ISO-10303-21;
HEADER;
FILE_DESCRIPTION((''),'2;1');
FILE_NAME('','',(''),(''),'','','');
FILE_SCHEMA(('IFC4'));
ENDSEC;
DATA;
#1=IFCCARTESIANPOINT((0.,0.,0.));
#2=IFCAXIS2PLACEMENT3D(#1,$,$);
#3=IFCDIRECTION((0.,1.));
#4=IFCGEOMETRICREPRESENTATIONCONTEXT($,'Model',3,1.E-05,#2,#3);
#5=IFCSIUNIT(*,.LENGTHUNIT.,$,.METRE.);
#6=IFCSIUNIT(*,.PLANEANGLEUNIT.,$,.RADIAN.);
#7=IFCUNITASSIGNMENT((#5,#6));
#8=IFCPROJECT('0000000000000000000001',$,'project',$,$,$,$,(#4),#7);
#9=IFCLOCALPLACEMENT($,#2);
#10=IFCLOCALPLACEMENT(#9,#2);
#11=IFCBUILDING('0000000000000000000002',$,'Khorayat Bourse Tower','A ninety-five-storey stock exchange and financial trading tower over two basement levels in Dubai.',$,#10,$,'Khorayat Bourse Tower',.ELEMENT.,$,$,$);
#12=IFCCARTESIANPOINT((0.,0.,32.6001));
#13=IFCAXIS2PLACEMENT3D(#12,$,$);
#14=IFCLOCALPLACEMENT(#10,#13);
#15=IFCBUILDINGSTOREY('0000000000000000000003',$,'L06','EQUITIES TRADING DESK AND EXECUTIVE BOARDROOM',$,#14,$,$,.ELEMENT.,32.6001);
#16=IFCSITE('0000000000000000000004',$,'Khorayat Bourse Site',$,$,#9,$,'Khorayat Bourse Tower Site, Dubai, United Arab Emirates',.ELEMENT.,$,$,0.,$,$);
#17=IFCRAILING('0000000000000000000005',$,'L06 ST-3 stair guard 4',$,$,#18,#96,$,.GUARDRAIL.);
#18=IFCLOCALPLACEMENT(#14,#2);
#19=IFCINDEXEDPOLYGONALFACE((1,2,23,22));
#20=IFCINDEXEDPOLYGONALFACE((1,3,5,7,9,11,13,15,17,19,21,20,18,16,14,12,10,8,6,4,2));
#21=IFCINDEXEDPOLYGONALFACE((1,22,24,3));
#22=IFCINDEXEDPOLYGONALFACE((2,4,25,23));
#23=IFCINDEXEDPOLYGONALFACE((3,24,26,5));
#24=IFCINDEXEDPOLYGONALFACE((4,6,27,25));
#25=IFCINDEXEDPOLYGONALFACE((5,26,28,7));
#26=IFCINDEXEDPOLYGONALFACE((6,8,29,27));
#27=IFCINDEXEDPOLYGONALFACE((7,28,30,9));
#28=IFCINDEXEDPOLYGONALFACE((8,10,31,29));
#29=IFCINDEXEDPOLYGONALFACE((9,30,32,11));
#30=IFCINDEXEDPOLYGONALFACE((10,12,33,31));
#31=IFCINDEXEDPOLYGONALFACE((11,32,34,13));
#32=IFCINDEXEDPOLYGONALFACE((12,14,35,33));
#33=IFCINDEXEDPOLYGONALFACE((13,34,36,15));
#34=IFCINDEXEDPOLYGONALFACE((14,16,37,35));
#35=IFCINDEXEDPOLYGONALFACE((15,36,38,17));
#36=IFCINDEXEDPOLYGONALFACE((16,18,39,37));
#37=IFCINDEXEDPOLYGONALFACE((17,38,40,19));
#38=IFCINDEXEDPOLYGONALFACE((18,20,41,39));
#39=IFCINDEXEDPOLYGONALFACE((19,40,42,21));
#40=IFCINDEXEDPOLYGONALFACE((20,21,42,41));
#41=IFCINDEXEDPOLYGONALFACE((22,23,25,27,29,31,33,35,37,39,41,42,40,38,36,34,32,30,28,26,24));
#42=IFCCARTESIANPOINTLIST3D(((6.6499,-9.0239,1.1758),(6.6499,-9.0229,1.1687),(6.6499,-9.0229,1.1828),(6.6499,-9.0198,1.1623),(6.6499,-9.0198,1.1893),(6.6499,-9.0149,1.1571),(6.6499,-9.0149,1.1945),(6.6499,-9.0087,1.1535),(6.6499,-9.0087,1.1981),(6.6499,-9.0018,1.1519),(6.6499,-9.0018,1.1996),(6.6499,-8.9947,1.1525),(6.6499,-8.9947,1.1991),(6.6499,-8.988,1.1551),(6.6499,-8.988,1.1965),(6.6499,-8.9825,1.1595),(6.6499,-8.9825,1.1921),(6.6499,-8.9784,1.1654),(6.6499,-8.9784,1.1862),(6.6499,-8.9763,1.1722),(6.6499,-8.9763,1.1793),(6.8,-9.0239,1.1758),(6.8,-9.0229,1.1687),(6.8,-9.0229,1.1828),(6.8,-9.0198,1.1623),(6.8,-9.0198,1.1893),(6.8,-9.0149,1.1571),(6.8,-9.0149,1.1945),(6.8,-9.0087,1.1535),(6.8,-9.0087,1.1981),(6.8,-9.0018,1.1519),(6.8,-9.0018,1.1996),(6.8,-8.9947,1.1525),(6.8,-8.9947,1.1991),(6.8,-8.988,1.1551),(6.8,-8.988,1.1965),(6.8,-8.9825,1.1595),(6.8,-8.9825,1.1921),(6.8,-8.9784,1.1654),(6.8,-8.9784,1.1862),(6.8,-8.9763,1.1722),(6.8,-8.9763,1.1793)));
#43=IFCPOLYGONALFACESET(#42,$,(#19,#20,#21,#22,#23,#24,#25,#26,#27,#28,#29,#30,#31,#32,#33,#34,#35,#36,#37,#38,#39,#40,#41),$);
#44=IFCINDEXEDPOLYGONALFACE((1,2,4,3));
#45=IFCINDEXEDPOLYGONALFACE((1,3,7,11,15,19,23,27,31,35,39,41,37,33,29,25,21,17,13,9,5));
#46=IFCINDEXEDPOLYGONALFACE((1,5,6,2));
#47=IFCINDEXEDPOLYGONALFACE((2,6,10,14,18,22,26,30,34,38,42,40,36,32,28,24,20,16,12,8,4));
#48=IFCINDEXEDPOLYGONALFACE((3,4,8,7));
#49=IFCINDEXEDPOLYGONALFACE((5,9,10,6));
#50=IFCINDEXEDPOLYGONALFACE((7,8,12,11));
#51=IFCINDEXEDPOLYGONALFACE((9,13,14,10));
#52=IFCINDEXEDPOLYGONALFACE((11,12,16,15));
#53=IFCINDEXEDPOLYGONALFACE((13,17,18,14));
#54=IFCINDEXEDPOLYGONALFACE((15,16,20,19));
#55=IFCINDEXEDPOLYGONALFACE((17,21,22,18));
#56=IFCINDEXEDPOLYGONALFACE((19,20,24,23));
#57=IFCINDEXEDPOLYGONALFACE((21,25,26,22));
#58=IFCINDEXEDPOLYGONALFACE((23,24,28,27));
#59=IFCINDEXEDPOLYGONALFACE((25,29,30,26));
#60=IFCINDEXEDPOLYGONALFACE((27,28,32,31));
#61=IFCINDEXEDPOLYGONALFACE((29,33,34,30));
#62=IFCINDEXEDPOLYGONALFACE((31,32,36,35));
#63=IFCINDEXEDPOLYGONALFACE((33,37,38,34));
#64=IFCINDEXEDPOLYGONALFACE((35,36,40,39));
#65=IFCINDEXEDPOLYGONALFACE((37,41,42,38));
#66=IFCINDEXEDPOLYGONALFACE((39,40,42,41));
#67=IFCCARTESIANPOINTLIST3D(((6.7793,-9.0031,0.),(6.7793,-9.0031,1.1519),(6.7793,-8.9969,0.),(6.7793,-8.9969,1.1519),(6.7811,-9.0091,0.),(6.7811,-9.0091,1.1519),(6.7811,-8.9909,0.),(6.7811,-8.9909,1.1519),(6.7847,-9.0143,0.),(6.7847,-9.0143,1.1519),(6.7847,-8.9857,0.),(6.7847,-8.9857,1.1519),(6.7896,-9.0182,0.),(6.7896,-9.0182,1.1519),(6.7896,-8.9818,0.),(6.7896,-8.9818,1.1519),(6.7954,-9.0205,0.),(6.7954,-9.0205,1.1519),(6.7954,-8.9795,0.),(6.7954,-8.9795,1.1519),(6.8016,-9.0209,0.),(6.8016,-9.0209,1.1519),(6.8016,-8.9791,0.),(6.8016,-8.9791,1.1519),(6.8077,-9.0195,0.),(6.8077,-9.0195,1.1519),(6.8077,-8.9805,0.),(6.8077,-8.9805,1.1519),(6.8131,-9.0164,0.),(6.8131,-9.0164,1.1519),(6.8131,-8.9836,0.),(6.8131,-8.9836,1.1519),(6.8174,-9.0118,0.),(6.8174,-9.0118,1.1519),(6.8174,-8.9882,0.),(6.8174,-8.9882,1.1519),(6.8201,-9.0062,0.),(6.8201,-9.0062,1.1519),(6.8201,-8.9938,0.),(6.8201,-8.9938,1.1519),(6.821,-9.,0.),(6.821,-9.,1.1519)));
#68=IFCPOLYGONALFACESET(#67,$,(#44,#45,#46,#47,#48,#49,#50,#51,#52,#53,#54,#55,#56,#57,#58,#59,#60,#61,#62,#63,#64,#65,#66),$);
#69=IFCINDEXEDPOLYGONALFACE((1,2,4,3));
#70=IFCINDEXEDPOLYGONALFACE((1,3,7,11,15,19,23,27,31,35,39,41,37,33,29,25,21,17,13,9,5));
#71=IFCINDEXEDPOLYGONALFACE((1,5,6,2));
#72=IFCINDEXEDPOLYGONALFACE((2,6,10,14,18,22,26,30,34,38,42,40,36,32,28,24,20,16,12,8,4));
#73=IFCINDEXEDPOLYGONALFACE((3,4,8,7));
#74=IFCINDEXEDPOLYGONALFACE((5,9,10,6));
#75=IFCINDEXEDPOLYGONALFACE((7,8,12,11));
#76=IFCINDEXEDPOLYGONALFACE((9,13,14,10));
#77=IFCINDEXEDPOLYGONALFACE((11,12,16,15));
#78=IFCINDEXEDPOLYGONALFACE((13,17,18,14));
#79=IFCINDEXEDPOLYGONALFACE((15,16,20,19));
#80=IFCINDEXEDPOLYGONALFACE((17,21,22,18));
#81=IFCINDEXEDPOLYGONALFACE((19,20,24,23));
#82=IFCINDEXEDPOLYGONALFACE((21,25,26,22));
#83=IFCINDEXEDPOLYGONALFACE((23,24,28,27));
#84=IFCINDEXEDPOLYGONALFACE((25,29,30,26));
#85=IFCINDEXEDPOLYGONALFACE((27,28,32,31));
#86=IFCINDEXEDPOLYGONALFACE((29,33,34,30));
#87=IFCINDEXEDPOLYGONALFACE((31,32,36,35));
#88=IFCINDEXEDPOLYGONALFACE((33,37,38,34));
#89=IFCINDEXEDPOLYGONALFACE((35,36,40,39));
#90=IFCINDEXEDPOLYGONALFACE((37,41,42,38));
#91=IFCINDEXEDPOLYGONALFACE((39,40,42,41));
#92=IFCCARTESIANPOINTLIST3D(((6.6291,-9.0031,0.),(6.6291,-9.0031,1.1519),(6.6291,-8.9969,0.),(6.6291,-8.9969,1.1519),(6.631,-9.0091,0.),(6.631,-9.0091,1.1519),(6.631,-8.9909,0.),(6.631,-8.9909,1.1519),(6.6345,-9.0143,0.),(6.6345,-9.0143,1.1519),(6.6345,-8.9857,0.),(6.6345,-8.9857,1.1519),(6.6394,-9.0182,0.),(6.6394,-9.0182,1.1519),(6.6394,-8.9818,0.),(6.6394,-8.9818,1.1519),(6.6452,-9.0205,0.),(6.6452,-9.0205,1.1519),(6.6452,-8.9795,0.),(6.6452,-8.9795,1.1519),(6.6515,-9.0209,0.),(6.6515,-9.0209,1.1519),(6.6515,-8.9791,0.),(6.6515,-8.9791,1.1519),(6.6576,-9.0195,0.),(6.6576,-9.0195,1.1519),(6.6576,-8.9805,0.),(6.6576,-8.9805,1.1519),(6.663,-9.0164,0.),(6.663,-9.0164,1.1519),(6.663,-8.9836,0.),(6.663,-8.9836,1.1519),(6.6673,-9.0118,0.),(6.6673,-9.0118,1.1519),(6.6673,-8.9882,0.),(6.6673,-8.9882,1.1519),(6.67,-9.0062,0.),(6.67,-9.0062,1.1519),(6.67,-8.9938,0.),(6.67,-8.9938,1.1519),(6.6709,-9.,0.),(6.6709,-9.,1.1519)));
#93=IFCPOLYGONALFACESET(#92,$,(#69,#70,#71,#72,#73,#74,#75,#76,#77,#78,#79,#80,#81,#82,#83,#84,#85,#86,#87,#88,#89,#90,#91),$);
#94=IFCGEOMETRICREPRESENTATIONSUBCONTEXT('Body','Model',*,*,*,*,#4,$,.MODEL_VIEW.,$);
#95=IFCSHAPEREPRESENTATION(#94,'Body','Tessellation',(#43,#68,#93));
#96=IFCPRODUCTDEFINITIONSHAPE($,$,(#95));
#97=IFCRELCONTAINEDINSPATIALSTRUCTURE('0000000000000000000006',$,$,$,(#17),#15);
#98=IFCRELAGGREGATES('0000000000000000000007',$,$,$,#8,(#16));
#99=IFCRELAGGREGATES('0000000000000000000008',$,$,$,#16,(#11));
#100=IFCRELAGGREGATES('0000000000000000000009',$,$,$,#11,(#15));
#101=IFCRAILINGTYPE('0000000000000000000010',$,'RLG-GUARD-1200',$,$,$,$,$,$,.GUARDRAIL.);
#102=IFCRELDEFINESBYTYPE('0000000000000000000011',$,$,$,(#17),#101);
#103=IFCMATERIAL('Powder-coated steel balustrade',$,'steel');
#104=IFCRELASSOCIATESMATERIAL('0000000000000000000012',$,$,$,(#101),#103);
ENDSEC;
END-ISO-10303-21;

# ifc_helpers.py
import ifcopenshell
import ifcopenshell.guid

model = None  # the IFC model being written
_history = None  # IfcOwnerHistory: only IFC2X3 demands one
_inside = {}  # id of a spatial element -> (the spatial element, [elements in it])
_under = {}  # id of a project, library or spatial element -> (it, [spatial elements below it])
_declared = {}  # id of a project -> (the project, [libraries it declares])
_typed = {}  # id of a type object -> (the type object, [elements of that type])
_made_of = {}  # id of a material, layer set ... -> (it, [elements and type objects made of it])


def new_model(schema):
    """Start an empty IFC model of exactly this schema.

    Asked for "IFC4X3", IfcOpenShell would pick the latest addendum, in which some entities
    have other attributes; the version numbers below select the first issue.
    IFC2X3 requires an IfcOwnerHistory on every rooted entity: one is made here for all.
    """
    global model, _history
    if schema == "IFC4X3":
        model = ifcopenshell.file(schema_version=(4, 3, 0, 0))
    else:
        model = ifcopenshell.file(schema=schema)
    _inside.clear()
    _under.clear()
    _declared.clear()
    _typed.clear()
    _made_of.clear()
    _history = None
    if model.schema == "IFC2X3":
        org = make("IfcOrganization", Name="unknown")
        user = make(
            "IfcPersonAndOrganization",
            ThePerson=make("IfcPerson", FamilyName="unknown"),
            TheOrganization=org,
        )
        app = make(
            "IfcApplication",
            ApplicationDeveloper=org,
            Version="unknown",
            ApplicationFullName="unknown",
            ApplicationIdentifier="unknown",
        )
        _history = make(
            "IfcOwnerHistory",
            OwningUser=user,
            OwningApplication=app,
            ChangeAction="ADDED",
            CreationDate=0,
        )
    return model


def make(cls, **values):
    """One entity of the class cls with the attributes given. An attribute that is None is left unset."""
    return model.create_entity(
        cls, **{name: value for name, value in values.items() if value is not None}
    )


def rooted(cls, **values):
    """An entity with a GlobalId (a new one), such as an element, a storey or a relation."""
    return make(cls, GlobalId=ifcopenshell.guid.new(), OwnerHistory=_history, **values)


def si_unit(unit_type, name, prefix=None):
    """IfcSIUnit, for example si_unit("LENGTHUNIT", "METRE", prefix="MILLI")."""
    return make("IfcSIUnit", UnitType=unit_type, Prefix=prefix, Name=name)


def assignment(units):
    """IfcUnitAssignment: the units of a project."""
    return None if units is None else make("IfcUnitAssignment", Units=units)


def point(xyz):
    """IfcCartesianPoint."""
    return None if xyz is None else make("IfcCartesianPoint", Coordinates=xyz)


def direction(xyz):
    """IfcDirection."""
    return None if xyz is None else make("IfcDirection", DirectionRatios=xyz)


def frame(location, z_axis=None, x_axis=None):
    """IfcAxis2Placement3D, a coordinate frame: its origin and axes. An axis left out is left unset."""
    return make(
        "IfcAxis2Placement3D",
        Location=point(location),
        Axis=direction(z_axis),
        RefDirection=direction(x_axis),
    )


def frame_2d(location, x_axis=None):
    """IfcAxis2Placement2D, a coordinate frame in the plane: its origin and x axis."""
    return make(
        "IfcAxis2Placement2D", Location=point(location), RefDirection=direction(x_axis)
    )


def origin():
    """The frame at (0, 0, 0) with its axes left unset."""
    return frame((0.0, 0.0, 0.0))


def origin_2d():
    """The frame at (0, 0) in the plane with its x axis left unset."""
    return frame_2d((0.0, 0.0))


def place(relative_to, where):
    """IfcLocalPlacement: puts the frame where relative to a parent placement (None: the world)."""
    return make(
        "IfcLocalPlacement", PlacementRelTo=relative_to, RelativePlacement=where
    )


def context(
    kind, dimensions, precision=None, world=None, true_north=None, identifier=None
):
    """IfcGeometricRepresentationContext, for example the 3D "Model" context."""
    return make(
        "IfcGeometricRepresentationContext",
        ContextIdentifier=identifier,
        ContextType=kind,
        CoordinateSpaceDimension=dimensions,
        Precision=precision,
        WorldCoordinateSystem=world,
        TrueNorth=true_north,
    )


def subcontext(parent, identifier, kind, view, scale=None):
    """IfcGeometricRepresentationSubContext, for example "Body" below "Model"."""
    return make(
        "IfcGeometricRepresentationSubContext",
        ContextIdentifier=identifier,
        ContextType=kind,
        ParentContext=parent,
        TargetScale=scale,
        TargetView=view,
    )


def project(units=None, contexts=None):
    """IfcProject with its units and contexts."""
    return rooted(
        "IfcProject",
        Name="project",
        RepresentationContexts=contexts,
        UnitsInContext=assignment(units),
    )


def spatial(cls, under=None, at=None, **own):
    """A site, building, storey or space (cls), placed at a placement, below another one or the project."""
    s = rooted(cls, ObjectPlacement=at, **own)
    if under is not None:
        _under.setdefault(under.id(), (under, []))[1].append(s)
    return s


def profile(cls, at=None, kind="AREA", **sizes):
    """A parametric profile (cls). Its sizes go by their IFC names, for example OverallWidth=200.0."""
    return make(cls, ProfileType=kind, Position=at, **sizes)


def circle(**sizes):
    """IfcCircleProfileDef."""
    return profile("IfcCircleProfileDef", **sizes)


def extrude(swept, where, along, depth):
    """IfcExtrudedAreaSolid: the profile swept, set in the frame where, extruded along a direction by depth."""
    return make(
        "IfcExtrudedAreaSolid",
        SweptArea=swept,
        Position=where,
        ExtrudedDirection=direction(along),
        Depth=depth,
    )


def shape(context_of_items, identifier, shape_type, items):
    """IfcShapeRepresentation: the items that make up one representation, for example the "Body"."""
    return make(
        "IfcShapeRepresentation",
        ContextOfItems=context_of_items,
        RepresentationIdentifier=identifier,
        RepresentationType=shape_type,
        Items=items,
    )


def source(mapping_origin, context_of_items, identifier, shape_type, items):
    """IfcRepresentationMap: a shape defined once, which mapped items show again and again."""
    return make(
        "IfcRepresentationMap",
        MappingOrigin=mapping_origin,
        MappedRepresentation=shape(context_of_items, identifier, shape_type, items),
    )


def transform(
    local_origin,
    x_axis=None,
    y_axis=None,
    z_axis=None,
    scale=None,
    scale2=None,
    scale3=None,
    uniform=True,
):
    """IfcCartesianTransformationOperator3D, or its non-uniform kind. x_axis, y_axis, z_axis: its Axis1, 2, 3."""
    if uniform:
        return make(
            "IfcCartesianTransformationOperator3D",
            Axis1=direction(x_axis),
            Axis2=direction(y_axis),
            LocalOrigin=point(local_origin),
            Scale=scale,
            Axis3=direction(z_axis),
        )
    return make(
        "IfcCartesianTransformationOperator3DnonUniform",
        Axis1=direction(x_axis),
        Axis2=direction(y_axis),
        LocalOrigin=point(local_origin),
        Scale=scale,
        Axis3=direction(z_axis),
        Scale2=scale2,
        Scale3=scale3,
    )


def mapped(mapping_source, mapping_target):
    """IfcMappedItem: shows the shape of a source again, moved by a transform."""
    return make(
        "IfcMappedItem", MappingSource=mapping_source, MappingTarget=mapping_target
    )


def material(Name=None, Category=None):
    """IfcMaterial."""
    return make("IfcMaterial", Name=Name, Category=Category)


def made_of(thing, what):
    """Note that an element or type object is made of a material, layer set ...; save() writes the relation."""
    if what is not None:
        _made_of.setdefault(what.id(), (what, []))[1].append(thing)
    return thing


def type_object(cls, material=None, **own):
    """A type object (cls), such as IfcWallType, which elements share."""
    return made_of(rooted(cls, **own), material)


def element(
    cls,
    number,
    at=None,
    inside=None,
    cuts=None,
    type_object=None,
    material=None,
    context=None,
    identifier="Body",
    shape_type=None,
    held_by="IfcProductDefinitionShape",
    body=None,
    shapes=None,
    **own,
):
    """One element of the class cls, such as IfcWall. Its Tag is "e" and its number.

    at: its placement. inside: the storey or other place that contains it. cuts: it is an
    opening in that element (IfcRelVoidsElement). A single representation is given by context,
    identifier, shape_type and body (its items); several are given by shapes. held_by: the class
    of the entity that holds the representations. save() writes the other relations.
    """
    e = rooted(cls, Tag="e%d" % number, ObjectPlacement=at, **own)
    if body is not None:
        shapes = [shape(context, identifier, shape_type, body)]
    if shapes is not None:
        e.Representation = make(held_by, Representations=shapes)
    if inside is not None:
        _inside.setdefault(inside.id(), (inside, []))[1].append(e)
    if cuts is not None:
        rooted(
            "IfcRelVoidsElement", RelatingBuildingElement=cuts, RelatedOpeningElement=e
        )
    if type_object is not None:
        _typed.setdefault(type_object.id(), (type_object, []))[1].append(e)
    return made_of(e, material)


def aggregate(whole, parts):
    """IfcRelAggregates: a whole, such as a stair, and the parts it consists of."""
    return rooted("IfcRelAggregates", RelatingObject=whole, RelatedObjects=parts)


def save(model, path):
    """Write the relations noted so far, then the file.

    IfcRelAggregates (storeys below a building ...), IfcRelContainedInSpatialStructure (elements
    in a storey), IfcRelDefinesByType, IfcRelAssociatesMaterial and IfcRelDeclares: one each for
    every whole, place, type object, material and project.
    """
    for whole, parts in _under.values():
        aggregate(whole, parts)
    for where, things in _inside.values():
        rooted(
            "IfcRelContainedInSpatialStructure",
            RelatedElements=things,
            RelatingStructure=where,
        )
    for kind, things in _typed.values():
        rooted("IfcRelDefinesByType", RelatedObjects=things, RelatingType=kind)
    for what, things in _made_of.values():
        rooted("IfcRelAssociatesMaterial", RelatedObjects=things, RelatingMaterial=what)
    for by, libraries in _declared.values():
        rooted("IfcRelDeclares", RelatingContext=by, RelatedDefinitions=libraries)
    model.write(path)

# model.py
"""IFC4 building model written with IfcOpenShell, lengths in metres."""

from ifc_helpers import new_model, si_unit, direction, frame, origin, origin_2d, place, context, subcontext, project, spatial, circle, extrude, source, transform, mapped, material, type_object, element, save


model = new_model("IFC4")

# Units and contexts
model_context = context("Model", 3, precision=1e-05, world=origin(), true_north=direction((0.0, 1.0)))
body_context = subcontext(model_context, "Body", "Model", "MODEL_VIEW")
ifc_project = project(units=[si_unit("LENGTHUNIT", "METRE"), si_unit("PLANEANGLEUNIT", "RADIAN")], contexts=[model_context])

# Site, building, storey
site_placement = place(None, origin())
site = spatial("IfcSite", under=ifc_project, at=site_placement, Name="Khorayat Bourse Site", LongName="Khorayat Bourse Tower Site, Dubai, United Arab Emirates", CompositionType="ELEMENT", RefElevation=0.0)
building_placement = place(site_placement, origin())
building = spatial("IfcBuilding", under=site, at=building_placement, Name="Khorayat Bourse Tower", Description="A ninety-five-storey stock exchange and financial trading tower over two basement levels in Dubai.", LongName="Khorayat Bourse Tower", CompositionType="ELEMENT")
storey_placement = place(building_placement, frame((0.0, 0.0, 32.6001)))
storey = spatial("IfcBuildingStorey", under=building, at=storey_placement, Name="L06", Description="EQUITIES TRADING DESK AND EXECUTIVE BOARDROOM", CompositionType="ELEMENT", Elevation=32.6001)

# Railing
ifc_material_1 = material(Name="Powder-coated steel balustrade", Category="steel")
railing_type_1 = type_object("IfcRailingType", Name="RLG-GUARD-1200", PredefinedType="GUARDRAIL", material=ifc_material_1)
shared_shape_1 = source(origin(), body_context, "Body", "SweptSolid", [
    extrude(circle(Radius=0.0239, at=origin_2d()), frame((0.0, 0.0, 1.1758), z_axis=(-1.0, 0.0, 0.0), x_axis=(0.0, -1.0, 0.0)), (0.0, 0.0, 1.0), 0.1501),
    extrude(circle(Radius=0.021, at=origin_2d()), origin(), (0.0, 0.0, 1.0), 1.1519),
    extrude(circle(Radius=0.021, at=origin_2d()), frame((-0.1501, 0.0, 0.0)), (0.0, 0.0, 1.0), 1.1519),
])
railing_1_placement = place(storey_placement, frame((6.8, -9.0, 0.0)))
element("IfcRailing", 1, at=railing_1_placement, inside=storey, type_object=railing_type_1, Name="L06 ST-3 stair guard 4", PredefinedType="GUARDRAIL", context=body_context, shape_type="MappedRepresentation", body=[
    mapped(shared_shape_1, transform((0.0, 0.0, 0.0), scale=1.0)),
])

save(model, "model.ifc")
